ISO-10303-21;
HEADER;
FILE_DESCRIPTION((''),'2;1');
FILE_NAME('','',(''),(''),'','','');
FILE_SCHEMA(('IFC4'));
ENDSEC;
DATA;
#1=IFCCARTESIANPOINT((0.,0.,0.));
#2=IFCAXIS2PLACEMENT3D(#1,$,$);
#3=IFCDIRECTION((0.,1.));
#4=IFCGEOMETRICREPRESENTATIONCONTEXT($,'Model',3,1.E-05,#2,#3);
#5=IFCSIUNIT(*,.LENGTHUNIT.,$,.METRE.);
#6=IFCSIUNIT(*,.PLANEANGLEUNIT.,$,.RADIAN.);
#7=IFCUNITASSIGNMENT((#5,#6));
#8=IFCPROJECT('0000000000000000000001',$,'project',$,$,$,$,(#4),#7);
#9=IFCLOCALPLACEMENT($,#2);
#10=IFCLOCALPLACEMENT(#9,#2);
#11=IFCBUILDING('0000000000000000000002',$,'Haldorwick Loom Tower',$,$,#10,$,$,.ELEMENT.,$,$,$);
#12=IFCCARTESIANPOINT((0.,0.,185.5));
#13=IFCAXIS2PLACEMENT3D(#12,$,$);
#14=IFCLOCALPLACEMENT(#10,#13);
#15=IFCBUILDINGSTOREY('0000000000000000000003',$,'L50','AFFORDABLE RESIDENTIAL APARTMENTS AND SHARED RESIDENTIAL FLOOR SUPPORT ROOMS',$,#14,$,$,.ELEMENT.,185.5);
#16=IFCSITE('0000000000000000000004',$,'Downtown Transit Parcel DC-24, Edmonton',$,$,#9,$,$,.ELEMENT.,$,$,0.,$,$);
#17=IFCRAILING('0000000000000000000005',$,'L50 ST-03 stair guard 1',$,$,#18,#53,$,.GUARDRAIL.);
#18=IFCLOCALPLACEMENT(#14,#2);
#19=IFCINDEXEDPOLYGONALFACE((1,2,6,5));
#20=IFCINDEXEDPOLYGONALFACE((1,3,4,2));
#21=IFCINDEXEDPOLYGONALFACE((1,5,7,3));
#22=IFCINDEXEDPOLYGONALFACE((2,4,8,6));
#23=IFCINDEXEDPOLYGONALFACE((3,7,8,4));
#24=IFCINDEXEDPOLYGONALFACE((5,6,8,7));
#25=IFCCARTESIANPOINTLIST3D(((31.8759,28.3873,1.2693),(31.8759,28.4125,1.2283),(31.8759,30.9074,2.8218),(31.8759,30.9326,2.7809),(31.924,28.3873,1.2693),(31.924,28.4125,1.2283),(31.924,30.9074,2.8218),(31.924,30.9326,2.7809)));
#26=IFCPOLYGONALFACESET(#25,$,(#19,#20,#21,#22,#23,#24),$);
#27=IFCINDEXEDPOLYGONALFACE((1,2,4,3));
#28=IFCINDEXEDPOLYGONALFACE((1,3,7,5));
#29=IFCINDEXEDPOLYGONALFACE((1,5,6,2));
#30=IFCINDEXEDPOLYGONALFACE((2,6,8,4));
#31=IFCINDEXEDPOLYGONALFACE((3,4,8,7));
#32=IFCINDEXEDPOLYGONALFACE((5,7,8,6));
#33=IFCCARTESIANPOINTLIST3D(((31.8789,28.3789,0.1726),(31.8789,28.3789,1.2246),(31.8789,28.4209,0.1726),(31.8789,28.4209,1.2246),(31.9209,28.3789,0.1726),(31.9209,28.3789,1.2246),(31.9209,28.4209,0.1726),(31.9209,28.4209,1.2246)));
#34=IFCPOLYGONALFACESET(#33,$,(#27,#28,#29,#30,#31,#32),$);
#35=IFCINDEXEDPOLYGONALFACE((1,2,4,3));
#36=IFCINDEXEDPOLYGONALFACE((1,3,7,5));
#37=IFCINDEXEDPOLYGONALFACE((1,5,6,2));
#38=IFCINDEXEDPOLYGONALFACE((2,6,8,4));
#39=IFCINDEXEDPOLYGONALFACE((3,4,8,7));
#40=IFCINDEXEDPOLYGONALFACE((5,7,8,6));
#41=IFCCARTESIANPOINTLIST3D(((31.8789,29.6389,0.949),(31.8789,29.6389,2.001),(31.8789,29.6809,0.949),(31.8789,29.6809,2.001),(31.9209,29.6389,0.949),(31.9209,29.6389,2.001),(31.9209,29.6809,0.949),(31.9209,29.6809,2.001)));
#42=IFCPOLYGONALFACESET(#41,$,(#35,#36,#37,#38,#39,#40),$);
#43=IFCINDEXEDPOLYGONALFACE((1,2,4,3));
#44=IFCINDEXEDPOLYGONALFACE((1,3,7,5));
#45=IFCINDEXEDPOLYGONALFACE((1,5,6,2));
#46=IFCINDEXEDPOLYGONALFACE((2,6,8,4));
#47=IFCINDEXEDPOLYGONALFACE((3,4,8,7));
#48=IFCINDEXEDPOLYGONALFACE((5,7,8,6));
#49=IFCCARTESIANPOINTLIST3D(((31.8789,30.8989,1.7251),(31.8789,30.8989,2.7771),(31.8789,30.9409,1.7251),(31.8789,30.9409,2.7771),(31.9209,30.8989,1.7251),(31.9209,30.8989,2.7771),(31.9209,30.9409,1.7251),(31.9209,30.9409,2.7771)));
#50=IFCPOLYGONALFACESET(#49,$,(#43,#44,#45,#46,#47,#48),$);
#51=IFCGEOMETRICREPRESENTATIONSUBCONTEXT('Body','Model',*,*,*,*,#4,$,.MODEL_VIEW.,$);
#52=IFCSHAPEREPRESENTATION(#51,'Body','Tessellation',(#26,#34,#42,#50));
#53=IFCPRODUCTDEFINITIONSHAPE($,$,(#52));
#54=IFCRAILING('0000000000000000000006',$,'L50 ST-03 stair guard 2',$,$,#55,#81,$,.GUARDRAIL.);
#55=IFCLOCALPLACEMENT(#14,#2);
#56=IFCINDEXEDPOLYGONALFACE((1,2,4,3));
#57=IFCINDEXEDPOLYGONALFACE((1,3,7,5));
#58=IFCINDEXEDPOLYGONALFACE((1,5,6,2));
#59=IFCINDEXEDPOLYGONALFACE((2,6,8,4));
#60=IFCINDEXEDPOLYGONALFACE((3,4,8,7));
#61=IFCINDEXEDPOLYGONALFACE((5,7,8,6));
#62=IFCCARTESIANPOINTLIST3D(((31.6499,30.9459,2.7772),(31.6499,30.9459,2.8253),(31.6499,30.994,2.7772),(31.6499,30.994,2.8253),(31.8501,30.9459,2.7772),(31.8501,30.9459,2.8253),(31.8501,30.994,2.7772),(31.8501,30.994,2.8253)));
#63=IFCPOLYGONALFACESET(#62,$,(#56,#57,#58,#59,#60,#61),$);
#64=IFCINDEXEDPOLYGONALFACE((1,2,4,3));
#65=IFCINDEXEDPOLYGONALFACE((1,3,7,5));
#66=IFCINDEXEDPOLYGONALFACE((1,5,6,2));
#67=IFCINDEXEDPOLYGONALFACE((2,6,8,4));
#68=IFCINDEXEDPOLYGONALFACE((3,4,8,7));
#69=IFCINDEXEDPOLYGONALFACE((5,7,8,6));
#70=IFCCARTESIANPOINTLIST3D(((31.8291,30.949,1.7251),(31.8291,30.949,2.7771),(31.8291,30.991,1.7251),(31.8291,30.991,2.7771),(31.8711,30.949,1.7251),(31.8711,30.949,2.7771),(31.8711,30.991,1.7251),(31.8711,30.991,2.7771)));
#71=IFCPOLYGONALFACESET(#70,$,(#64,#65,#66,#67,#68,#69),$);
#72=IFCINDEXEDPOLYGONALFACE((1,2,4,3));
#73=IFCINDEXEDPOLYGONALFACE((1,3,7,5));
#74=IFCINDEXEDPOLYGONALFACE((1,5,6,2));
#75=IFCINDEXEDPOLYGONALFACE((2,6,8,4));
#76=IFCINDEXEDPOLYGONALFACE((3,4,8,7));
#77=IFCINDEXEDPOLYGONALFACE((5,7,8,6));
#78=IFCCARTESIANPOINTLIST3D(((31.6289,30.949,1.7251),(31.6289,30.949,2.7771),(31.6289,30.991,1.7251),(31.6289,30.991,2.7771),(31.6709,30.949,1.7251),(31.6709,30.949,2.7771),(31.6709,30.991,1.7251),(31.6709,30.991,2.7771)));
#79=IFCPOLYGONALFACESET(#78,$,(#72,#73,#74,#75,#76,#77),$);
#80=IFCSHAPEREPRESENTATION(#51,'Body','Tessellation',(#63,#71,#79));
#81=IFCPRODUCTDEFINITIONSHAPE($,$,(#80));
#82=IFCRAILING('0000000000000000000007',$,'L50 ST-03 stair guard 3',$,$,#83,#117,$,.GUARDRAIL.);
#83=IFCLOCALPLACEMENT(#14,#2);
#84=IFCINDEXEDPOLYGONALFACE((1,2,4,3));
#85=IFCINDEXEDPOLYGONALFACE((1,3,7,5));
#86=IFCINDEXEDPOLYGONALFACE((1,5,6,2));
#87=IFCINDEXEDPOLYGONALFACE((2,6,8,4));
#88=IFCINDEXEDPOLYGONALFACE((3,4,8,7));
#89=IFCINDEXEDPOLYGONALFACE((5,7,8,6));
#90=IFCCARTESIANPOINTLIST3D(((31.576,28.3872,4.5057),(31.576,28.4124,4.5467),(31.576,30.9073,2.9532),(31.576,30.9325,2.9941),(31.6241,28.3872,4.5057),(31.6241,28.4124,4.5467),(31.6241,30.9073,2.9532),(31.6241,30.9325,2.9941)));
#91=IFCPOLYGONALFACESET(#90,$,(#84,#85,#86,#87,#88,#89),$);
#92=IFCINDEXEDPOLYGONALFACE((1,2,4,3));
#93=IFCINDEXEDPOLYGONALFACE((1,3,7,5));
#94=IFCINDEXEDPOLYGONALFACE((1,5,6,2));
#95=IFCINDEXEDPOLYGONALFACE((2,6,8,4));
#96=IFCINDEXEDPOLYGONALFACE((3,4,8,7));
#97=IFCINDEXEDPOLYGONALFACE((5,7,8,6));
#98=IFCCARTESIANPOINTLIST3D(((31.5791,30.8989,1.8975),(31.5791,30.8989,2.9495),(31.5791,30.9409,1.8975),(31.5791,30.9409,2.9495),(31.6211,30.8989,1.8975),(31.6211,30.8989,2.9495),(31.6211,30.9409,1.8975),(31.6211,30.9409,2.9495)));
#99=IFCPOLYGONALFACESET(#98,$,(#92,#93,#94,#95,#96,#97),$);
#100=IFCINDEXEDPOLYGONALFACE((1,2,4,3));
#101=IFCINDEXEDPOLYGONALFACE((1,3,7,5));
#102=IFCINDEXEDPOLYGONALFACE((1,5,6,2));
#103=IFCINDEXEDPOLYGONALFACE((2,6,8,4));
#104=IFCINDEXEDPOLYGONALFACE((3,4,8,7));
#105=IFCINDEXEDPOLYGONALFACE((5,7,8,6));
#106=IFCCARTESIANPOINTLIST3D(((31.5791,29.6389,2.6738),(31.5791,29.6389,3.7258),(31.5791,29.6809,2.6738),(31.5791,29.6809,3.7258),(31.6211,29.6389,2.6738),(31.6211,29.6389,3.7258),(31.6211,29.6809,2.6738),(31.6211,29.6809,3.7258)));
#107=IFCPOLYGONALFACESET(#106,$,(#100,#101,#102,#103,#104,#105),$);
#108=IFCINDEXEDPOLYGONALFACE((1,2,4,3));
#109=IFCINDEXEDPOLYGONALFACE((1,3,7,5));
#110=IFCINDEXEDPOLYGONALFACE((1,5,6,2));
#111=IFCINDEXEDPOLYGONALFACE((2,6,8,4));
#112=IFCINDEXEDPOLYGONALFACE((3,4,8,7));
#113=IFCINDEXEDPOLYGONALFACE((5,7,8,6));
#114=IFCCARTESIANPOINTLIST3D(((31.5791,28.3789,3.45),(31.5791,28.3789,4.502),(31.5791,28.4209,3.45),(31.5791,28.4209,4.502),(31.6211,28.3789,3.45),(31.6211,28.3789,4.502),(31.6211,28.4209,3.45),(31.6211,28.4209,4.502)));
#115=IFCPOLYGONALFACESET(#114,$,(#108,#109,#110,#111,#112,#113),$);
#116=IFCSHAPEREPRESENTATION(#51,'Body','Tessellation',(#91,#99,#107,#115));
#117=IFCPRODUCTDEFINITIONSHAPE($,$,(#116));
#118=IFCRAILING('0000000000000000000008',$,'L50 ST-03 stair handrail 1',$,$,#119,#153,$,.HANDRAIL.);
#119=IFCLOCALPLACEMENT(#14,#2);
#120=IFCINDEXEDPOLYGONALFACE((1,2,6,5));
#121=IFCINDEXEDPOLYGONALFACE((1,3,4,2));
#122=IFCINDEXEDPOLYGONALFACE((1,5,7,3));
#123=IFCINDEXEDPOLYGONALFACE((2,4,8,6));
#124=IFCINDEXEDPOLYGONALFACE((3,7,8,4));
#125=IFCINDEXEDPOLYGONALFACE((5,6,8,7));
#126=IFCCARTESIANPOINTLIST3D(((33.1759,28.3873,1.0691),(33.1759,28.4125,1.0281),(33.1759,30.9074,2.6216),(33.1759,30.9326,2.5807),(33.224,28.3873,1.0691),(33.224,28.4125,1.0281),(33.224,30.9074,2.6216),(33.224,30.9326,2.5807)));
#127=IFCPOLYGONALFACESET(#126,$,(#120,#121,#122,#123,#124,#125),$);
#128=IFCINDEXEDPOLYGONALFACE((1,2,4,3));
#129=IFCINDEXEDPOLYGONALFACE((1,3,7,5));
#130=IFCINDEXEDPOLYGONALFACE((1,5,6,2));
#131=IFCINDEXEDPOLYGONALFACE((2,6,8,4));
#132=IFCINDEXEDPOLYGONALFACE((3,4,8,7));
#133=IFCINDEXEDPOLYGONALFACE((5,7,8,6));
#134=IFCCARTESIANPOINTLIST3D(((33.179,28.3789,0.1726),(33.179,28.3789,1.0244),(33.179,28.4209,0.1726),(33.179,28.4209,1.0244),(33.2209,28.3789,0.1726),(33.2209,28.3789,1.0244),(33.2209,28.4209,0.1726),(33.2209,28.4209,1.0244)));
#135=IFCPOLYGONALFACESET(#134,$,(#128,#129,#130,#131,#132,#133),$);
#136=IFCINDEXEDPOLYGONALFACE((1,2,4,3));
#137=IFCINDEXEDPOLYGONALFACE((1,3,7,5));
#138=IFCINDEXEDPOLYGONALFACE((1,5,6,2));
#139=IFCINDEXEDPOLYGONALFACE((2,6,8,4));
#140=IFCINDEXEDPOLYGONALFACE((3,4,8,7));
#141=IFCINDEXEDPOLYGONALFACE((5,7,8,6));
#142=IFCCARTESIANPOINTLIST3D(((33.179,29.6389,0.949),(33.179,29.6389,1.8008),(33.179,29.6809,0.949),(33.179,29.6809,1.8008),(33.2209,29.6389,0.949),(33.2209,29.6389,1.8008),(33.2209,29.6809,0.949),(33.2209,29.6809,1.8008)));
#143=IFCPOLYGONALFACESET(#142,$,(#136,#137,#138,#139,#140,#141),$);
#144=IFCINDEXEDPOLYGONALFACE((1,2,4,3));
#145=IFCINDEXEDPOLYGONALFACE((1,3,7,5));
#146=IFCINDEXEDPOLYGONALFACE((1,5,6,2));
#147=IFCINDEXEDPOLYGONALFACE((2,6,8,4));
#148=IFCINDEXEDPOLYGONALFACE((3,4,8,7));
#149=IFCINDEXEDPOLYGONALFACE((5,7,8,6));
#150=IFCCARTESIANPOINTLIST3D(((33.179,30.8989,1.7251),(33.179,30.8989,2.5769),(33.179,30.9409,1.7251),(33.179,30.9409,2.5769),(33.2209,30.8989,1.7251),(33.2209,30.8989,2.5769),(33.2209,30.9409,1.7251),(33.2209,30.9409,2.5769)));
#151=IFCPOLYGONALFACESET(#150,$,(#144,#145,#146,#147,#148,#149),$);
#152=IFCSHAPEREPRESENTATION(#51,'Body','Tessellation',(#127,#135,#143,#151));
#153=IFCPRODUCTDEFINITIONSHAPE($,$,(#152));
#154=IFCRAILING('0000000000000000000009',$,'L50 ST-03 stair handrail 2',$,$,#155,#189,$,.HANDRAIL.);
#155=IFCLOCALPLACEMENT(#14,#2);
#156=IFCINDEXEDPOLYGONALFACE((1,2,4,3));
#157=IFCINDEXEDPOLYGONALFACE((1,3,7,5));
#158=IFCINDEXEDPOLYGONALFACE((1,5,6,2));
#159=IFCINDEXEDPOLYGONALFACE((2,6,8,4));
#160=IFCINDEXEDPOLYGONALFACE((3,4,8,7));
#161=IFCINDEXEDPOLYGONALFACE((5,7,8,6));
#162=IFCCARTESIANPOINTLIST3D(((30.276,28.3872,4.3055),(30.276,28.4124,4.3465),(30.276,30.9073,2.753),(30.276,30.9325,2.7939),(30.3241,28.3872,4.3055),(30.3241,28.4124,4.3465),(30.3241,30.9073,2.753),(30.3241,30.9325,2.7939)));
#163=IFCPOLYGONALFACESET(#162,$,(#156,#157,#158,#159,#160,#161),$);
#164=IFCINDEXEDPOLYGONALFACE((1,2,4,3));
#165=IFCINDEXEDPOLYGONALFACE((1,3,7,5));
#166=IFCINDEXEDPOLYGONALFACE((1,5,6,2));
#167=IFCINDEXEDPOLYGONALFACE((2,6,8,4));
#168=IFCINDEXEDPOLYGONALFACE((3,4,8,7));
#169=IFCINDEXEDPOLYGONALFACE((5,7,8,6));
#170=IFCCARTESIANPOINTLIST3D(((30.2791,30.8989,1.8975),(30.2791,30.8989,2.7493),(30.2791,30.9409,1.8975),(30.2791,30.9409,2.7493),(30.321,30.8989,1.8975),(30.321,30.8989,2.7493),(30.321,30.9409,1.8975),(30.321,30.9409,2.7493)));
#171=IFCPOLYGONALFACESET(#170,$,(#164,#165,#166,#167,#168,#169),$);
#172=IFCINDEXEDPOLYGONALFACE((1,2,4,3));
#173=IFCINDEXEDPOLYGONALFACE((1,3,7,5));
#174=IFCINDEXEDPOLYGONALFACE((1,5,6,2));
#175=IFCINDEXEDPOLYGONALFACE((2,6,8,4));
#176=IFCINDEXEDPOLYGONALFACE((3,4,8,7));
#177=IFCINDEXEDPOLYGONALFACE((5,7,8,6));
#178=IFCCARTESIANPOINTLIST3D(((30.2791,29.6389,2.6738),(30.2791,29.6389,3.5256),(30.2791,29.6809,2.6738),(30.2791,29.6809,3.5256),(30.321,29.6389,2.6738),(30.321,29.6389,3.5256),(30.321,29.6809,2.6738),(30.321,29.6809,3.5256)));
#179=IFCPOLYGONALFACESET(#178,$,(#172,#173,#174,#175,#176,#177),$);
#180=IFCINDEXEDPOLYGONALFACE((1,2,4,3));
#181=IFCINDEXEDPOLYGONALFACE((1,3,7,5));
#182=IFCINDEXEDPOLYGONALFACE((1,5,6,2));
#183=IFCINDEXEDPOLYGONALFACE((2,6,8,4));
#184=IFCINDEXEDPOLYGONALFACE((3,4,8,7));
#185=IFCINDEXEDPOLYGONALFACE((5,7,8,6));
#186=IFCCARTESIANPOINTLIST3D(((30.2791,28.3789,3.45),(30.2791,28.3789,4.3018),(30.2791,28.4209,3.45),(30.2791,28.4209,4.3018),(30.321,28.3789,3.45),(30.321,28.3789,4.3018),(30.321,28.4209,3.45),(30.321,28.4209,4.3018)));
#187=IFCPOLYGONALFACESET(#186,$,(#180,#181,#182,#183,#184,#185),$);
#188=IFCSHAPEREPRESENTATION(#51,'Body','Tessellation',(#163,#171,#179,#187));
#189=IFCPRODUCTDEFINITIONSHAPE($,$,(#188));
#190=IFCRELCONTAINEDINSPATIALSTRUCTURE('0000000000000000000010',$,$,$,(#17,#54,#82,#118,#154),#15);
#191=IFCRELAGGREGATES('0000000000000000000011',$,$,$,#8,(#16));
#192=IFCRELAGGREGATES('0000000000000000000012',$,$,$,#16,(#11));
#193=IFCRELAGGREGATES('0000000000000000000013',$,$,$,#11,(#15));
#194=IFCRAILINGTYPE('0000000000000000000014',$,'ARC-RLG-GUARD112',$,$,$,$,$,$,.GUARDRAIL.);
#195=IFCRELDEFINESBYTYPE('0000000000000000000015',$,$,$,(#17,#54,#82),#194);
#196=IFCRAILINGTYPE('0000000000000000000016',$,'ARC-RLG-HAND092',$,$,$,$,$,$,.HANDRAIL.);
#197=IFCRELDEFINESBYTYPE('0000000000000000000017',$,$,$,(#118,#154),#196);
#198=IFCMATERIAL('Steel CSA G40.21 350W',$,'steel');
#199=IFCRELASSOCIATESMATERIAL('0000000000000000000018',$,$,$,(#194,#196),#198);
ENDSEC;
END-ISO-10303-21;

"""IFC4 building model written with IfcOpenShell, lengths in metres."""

from ifc_helpers import new_model, si_unit, direction, frame, origin, origin_2d, place, context, subcontext, project, spatial, rectangle, extrude, material, type_object, element, save


model = new_model("IFC4")

# Units and contexts
model_context = context("Model", 3, precision=1e-05, world=origin(), true_north=direction((0.0, 1.0)))
body_context = subcontext(model_context, "Body", "Model", "MODEL_VIEW")
ifc_project = project(units=[si_unit("LENGTHUNIT", "METRE"), si_unit("PLANEANGLEUNIT", "RADIAN")], contexts=[model_context])

# Site, building, storey
site_placement = place(None, origin())
site = spatial("IfcSite", under=ifc_project, at=site_placement, Name="Downtown Transit Parcel DC-24, Edmonton", CompositionType="ELEMENT", RefElevation=0.0)
building_placement = place(site_placement, origin())
building = spatial("IfcBuilding", under=site, at=building_placement, Name="Haldorwick Loom Tower", CompositionType="ELEMENT")
storey_placement = place(building_placement, frame((0.0, 0.0, 185.5)))
storey = spatial("IfcBuildingStorey", under=building, at=storey_placement, Name="L50", Description="AFFORDABLE RESIDENTIAL APARTMENTS AND SHARED RESIDENTIAL FLOOR SUPPORT ROOMS", CompositionType="ELEMENT", Elevation=185.5)

# Shared definitions
ifc_material_1 = material(Name="Steel CSA G40.21 350W", Category="steel")

# Railings
railing_type_1 = type_object("IfcRailingType", Name="ARC-RLG-GUARD112", PredefinedType="GUARDRAIL", material=ifc_material_1)
railing_1_placement = place(storey_placement, frame((31.8999, 28.3999, 0.1726)))
element("IfcRailing", 1, at=railing_1_placement, inside=storey, type_object=railing_type_1, Name="L50 ST-03 stair guard 1", PredefinedType="GUARDRAIL", context=body_context, shape_type="SweptSolid", body=[
    extrude(rectangle(XDim=0.0481, YDim=0.0481, at=origin_2d()), frame((0.0, 0.0, 1.0762), z_axis=(0.0, 0.8514, 0.524516), x_axis=(-1.0, 0.0, 0.0)), (0.0, 0.0, 1.0), 2.96),
    extrude(rectangle(XDim=0.042, YDim=0.042, at=origin_2d()), origin(), (0.0, 0.0, 1.0), 1.052),
    extrude(rectangle(XDim=0.042, YDim=0.042, at=origin_2d()), frame((0.0, 1.26, 0.7764)), (0.0, 0.0, 1.0), 1.052),
    extrude(rectangle(XDim=0.042, YDim=0.042, at=origin_2d()), frame((0.0, 2.52, 1.5525)), (0.0, 0.0, 1.0), 1.052),
])
railing_2_placement = place(storey_placement, frame((31.8501, 30.97, 1.7251)))
element("IfcRailing", 2, at=railing_2_placement, inside=storey, type_object=railing_type_1, Name="L50 ST-03 stair guard 2", PredefinedType="GUARDRAIL", context=body_context, shape_type="SweptSolid", body=[
    extrude(rectangle(XDim=0.0481, YDim=0.0481, at=origin_2d()), frame((0.0, 0.0, 1.0762), z_axis=(-1.0, 0.0, 0.0), x_axis=(0.0, -1.0, 0.0)), (0.0, 0.0, 1.0), 0.2002),
    extrude(rectangle(XDim=0.042, YDim=0.042, at=origin_2d()), origin(), (0.0, 0.0, 1.0), 1.052),
    extrude(rectangle(XDim=0.042, YDim=0.042, at=origin_2d()), frame((-0.2002, 0.0, 0.0)), (0.0, 0.0, 1.0), 1.052),
])
railing_3_placement = place(storey_placement, frame((31.6001, 30.9199, 1.8975)))
element("IfcRailing", 3, at=railing_3_placement, inside=storey, type_object=railing_type_1, Name="L50 ST-03 stair guard 3", PredefinedType="GUARDRAIL", context=body_context, shape_type="SweptSolid", body=[
    extrude(rectangle(XDim=0.0481, YDim=0.0481, at=origin_2d()), frame((0.0, 0.0, 1.0762), z_axis=(0.0, -0.8514, 0.524516), x_axis=(1.0, 0.0, 0.0)), (0.0, 0.0, 1.0), 2.96),
    extrude(rectangle(XDim=0.042, YDim=0.042, at=origin_2d()), origin(), (0.0, 0.0, 1.0), 1.052),
    extrude(rectangle(XDim=0.042, YDim=0.042, at=origin_2d()), frame((0.0, -1.26, 0.7764)), (0.0, 0.0, 1.0), 1.052),
    extrude(rectangle(XDim=0.042, YDim=0.042, at=origin_2d()), frame((0.0, -2.52, 1.5525)), (0.0, 0.0, 1.0), 1.052),
])
railing_type_2 = type_object("IfcRailingType", Name="ARC-RLG-HAND092", PredefinedType="HANDRAIL", material=ifc_material_1)
railing_4_placement = place(storey_placement, frame((33.2, 28.3999, 0.1726)))
element("IfcRailing", 4, at=railing_4_placement, inside=storey, type_object=railing_type_2, Name="L50 ST-03 stair handrail 1", PredefinedType="HANDRAIL", context=body_context, shape_type="SweptSolid", body=[
    extrude(rectangle(XDim=0.0481, YDim=0.0481, at=origin_2d()), frame((0.0, 0.0, 0.876), z_axis=(0.0, 0.8514, 0.524516), x_axis=(-1.0, 0.0, 0.0)), (0.0, 0.0, 1.0), 2.96),
    extrude(rectangle(XDim=0.042, YDim=0.042, at=origin_2d()), origin(), (0.0, 0.0, 1.0), 0.8518),
    extrude(rectangle(XDim=0.042, YDim=0.042, at=origin_2d()), frame((0.0, 1.26, 0.7764)), (0.0, 0.0, 1.0), 0.8518),
    extrude(rectangle(XDim=0.042, YDim=0.042, at=origin_2d()), frame((0.0, 2.52, 1.5525)), (0.0, 0.0, 1.0), 0.8518),
])
railing_5_placement = place(storey_placement, frame((30.3, 30.9199, 1.8975)))
element("IfcRailing", 5, at=railing_5_placement, inside=storey, type_object=railing_type_2, Name="L50 ST-03 stair handrail 2", PredefinedType="HANDRAIL", context=body_context, shape_type="SweptSolid", body=[
    extrude(rectangle(XDim=0.0481, YDim=0.0481, at=origin_2d()), frame((0.0, 0.0, 0.876), z_axis=(0.0, -0.8514, 0.524516), x_axis=(1.0, 0.0, 0.0)), (0.0, 0.0, 1.0), 2.96),
    extrude(rectangle(XDim=0.042, YDim=0.042, at=origin_2d()), origin(), (0.0, 0.0, 1.0), 0.8518),
    extrude(rectangle(XDim=0.042, YDim=0.042, at=origin_2d()), frame((0.0, -1.26, 0.7764)), (0.0, 0.0, 1.0), 0.8518),
    extrude(rectangle(XDim=0.042, YDim=0.042, at=origin_2d()), frame((0.0, -2.52, 1.5525)), (0.0, 0.0, 1.0), 0.8518),
])

save(model, "model.ifc")
